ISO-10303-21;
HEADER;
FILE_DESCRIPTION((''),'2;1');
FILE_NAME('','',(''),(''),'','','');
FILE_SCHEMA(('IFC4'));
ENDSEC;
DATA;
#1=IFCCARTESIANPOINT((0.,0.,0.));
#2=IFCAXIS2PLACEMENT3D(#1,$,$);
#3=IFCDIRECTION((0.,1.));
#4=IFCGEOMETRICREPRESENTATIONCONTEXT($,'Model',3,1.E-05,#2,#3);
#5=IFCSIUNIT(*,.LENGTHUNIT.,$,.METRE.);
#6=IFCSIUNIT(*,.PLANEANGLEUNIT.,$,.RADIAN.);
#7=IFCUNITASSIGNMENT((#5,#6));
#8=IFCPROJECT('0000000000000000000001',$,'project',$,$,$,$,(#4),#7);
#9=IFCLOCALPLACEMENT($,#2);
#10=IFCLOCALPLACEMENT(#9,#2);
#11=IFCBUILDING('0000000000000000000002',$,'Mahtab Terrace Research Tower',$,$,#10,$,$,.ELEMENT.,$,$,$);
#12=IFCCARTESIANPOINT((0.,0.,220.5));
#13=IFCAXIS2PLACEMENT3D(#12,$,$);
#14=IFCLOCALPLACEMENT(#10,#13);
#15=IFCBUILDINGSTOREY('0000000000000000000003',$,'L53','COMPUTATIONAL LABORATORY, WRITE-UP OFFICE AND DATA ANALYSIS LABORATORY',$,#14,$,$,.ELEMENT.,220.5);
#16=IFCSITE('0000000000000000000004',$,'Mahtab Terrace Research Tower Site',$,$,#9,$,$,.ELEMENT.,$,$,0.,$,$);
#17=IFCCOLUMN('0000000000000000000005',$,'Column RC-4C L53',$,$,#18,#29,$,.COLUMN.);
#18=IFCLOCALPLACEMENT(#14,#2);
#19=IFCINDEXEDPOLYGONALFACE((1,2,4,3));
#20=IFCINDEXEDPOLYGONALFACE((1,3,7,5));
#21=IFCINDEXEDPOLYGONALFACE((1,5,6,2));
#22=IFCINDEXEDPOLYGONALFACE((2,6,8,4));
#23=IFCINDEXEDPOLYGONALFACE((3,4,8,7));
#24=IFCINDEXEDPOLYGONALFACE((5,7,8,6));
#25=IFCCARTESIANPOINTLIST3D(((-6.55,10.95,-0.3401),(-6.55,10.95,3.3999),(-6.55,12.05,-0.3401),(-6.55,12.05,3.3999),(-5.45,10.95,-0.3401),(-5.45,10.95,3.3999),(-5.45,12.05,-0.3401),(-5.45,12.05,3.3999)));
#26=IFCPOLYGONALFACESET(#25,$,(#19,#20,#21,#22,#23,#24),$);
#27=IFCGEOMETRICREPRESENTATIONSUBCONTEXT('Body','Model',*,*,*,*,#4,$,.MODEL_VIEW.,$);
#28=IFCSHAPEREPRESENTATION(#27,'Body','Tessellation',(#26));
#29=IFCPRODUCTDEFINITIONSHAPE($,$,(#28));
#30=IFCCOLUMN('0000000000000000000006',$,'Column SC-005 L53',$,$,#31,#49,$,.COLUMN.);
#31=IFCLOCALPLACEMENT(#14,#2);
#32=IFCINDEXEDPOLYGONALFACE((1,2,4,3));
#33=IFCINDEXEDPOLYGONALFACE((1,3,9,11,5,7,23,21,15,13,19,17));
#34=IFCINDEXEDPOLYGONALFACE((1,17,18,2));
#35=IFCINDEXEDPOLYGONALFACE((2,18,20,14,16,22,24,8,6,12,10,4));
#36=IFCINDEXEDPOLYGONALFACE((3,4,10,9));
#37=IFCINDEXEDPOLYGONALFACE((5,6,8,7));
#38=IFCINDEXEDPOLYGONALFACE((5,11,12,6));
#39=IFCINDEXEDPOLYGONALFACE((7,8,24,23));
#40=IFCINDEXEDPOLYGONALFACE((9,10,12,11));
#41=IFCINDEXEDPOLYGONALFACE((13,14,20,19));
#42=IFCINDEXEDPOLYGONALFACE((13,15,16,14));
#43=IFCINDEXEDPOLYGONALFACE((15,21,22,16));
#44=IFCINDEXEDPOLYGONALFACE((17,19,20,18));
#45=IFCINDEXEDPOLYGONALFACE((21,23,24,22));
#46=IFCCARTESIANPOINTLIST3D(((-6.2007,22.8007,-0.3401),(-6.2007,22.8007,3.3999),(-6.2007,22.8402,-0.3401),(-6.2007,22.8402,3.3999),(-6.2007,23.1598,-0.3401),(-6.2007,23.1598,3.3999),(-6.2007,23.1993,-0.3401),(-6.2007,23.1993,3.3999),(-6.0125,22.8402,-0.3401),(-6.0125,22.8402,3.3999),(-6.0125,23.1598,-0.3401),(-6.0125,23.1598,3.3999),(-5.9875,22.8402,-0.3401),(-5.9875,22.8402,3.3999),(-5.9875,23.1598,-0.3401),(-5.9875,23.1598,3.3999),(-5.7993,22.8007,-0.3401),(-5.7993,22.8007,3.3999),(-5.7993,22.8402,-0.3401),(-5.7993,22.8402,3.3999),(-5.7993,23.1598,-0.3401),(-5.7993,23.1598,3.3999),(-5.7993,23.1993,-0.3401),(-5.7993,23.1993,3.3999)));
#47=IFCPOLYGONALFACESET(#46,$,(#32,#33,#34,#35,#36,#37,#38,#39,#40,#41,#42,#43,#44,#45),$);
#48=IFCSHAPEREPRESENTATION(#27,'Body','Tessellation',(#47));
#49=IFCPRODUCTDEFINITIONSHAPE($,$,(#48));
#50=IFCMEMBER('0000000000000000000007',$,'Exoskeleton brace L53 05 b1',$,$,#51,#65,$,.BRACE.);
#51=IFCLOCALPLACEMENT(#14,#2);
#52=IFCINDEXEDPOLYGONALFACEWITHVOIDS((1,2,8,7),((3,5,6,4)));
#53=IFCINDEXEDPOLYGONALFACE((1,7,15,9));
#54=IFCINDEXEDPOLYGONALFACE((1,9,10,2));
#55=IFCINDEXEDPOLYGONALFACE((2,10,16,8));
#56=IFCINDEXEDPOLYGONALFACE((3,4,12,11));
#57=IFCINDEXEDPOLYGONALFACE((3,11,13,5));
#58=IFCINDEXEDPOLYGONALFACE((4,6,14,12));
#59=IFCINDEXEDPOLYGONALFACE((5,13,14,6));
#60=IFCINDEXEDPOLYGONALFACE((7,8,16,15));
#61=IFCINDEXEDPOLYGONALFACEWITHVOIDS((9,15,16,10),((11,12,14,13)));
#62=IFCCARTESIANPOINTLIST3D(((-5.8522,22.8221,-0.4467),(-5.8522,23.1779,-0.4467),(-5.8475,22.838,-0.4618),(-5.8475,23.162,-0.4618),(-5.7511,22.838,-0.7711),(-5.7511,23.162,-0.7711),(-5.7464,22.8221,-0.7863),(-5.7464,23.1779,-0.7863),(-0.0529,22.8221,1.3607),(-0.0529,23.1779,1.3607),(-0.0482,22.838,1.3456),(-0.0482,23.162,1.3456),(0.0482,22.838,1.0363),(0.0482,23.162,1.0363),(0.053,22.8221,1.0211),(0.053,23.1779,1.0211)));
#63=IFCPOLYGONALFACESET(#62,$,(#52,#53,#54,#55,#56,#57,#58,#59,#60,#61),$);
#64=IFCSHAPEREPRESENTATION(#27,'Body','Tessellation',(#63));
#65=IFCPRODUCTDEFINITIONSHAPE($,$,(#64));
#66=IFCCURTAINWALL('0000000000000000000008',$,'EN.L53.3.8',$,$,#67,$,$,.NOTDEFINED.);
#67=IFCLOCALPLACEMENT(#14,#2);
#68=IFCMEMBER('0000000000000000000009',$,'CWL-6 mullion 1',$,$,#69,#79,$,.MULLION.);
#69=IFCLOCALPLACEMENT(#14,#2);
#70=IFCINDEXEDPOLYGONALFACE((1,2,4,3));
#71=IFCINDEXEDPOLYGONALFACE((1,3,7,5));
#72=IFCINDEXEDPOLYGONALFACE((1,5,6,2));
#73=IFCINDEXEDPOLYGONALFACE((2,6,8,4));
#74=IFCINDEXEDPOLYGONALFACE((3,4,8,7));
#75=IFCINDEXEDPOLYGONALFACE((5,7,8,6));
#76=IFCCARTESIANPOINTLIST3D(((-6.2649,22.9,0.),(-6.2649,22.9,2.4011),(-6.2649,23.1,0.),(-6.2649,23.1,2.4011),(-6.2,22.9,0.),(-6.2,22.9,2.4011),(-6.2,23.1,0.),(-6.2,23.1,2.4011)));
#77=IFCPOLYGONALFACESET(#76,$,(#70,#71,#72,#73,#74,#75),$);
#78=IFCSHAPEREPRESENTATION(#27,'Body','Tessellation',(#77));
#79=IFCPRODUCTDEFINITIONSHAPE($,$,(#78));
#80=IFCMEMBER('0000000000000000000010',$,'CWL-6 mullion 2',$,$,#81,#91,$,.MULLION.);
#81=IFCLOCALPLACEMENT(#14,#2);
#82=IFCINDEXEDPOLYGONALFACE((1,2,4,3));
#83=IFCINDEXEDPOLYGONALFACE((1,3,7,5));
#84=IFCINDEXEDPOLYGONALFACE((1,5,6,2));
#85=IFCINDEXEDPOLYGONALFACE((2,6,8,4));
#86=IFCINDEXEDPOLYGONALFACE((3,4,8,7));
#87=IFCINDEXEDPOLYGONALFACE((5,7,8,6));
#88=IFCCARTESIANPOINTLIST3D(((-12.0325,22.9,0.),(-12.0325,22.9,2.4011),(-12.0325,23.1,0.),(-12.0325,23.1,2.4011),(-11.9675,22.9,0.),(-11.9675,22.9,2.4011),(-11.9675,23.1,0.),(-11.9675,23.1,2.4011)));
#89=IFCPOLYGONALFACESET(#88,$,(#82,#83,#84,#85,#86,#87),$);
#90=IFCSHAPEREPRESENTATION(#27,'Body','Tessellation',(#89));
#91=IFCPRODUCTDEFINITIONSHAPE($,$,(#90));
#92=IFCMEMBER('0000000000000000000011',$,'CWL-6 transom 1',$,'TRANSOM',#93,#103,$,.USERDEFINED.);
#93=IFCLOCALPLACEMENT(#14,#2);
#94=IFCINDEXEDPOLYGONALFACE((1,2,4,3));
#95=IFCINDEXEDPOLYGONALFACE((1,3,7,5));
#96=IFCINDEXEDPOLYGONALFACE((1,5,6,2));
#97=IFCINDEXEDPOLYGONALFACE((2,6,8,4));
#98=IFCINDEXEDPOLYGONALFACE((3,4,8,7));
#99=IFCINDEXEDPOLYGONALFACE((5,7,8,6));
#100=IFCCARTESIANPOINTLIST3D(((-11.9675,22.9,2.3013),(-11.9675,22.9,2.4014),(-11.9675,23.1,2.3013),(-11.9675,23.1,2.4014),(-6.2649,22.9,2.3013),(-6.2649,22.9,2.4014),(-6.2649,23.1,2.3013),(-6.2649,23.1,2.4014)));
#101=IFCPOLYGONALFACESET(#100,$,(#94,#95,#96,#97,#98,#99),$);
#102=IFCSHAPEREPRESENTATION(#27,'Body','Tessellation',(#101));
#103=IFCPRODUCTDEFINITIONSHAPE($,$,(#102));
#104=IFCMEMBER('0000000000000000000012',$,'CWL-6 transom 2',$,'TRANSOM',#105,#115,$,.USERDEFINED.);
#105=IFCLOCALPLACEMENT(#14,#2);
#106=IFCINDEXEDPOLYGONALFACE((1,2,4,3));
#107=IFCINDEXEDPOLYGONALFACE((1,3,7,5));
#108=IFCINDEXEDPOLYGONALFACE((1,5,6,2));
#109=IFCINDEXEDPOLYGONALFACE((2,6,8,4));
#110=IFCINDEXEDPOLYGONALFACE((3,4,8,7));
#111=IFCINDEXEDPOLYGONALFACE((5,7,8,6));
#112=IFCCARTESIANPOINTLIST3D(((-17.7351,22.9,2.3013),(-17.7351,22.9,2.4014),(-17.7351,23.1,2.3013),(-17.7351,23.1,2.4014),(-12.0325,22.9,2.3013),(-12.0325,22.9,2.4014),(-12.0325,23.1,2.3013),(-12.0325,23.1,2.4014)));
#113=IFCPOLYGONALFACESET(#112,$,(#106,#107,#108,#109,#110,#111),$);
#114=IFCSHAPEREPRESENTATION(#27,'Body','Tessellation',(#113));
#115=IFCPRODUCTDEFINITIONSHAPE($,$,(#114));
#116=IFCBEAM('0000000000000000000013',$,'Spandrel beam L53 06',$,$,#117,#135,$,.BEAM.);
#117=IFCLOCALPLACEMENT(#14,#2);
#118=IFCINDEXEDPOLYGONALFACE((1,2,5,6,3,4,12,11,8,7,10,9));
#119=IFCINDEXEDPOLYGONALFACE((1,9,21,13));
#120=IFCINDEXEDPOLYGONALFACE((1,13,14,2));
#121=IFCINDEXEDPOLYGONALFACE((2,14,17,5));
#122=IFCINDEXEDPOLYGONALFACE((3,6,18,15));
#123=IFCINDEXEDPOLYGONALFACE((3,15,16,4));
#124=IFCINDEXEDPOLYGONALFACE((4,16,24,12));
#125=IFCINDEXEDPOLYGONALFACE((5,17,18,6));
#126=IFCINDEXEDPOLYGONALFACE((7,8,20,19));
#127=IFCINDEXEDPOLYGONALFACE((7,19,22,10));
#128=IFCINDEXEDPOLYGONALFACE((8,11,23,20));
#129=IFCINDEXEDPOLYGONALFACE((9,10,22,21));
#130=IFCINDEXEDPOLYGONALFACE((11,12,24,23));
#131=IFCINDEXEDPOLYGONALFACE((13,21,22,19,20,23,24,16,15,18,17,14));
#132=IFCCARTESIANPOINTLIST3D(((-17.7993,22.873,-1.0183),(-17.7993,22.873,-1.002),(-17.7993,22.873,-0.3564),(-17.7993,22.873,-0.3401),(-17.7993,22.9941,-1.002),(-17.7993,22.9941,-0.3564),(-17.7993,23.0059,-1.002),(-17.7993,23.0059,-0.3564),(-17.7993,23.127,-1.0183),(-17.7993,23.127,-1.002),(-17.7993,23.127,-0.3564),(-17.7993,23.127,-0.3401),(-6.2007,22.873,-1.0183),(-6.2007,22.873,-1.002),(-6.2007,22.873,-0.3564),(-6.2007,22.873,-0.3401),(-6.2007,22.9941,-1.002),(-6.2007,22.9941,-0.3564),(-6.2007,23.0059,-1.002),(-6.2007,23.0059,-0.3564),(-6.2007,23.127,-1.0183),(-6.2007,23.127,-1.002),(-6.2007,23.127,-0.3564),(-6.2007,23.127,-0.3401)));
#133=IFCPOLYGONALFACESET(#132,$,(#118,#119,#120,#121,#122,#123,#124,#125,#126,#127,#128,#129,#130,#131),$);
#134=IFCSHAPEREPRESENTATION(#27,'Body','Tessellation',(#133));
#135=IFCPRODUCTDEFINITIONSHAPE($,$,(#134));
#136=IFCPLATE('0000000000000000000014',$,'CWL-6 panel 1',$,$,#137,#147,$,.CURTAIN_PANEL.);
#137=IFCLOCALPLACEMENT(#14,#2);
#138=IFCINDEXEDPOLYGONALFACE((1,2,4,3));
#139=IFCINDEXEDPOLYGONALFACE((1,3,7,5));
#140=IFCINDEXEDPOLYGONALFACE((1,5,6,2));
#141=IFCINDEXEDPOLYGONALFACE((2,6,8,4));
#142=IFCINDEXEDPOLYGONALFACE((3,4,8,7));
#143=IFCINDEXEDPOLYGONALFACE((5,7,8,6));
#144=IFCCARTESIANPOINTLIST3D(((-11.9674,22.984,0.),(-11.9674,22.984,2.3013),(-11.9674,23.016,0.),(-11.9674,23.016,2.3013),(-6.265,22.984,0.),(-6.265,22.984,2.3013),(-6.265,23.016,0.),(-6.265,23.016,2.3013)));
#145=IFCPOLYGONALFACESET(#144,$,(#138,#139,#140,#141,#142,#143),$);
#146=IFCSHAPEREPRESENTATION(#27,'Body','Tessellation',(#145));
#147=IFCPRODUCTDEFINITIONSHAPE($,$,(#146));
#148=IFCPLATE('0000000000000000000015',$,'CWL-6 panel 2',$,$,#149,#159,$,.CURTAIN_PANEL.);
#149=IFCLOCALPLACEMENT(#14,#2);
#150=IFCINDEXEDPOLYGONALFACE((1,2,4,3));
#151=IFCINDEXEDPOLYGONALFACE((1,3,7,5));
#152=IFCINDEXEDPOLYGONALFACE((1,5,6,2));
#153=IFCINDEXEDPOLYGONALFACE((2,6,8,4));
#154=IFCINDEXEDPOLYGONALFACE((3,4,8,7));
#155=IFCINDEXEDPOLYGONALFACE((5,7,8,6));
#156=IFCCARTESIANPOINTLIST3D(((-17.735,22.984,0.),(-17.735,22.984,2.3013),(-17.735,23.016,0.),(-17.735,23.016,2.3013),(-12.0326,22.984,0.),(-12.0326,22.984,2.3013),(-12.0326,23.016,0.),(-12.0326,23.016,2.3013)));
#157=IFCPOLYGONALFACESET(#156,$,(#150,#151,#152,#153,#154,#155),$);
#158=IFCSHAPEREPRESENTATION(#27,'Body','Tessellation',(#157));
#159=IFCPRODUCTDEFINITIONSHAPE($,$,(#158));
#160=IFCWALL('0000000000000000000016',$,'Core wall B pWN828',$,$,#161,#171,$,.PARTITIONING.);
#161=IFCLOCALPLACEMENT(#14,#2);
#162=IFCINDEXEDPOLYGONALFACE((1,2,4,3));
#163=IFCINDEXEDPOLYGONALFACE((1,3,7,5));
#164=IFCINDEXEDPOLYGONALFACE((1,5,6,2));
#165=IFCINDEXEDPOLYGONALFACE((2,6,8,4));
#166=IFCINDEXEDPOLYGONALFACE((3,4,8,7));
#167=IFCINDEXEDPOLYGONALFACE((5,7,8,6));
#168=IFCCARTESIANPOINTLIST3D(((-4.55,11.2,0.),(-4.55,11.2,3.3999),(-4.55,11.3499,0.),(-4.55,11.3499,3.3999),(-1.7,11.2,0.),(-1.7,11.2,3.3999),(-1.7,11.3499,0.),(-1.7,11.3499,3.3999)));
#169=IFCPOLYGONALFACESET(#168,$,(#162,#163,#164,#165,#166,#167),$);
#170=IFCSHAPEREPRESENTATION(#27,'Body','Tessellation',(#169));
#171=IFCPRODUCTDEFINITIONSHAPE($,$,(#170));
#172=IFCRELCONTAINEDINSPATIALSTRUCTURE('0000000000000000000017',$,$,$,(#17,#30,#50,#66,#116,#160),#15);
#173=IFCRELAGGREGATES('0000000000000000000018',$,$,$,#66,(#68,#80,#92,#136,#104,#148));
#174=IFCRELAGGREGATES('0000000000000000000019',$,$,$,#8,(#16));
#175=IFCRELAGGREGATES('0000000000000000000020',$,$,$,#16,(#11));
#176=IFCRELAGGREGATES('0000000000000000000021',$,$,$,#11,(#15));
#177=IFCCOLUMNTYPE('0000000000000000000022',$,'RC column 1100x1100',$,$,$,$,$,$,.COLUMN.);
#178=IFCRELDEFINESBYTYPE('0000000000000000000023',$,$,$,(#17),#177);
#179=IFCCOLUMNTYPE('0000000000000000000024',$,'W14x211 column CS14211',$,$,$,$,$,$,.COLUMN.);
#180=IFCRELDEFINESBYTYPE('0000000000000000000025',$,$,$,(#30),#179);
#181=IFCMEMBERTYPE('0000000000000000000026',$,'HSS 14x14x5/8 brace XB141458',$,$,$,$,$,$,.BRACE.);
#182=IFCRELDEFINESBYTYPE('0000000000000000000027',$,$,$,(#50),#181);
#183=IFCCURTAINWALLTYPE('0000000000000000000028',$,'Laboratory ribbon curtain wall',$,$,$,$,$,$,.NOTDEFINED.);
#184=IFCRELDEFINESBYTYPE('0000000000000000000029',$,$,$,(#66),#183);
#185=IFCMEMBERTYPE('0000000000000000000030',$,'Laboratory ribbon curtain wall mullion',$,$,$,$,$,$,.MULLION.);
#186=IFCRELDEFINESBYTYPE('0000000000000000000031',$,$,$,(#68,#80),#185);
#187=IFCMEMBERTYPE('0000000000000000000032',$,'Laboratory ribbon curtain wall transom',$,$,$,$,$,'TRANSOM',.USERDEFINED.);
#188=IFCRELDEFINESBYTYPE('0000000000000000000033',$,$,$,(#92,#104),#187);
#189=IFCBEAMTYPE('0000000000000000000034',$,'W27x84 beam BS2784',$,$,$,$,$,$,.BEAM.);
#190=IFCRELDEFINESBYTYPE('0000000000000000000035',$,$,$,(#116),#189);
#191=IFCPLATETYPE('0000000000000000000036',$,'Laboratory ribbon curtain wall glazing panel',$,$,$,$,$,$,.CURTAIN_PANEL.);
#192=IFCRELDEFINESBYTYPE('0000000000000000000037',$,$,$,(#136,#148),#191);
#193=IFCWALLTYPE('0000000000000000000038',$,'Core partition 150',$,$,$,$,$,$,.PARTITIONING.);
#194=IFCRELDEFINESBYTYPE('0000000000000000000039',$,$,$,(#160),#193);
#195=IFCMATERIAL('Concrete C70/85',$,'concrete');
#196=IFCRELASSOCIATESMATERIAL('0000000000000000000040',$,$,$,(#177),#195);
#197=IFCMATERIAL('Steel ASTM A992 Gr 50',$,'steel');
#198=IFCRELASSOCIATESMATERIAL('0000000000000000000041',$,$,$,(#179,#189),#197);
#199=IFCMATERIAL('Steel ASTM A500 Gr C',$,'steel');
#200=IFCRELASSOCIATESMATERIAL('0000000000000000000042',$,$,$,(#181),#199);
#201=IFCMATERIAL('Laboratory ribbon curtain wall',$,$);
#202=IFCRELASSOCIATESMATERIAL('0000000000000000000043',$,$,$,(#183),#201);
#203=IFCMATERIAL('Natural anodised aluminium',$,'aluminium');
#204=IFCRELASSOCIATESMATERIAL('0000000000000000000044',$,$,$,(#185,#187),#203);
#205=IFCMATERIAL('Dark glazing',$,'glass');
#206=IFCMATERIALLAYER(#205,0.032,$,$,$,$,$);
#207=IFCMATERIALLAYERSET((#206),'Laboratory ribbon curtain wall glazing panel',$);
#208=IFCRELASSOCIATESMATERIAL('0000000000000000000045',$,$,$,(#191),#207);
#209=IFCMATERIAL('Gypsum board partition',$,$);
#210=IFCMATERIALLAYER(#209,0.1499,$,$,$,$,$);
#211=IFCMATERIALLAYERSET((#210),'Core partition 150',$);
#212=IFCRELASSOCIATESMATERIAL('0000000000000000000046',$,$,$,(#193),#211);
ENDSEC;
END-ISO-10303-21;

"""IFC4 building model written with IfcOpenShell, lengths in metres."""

from ifc_helpers import new_model, si_unit, direction, frame, frame_2d, origin, origin_2d, place, context, subcontext, project, spatial, rectangle, hollow_rectangle, i_section, extrude, material, layer, layer_set, material_profile, profile_set, type_object, element, aggregate, save


model = new_model("IFC4")

# Units and contexts
model_context = context("Model", 3, precision=1e-05, world=origin(), true_north=direction((0.0, 1.0)))
body_context = subcontext(model_context, "Body", "Model", "MODEL_VIEW")
ifc_project = project(units=[si_unit("LENGTHUNIT", "METRE"), si_unit("PLANEANGLEUNIT", "RADIAN")], contexts=[model_context])

# Site, building, storey
site_placement = place(None, origin())
site = spatial("IfcSite", under=ifc_project, at=site_placement, Name="Mahtab Terrace Research Tower Site", CompositionType="ELEMENT", RefElevation=0.0)
building_placement = place(site_placement, origin())
building = spatial("IfcBuilding", under=site, at=building_placement, Name="Mahtab Terrace Research Tower", CompositionType="ELEMENT")
storey_placement = place(building_placement, frame((0.0, 0.0, 220.5)))
storey = spatial("IfcBuildingStorey", under=building, at=storey_placement, Name="L53", Description="COMPUTATIONAL LABORATORY, WRITE-UP OFFICE AND DATA ANALYSIS LABORATORY", CompositionType="ELEMENT", Elevation=220.5)

# Columns
ifc_material_1 = material(Name="Concrete C70/85", Category="concrete")
ifc_material_profile_1 = material_profile(ifc_material_1, rectangle(XDim=1.1001, YDim=1.1001, at=origin_2d()), Name="RC column 1100x1100")
ifc_profile_set_1 = profile_set([ifc_material_profile_1], Name="Concrete C70/85")
column_type_1 = type_object("IfcColumnType", Name="RC column 1100x1100", PredefinedType="COLUMN", material=ifc_profile_set_1)
column_1_placement = place(storey_placement, frame((-6.0, 11.5, -0.3401), z_axis=(0.0, 0.0, 1.0), x_axis=(1.0, 0.0, 0.0)))
element("IfcColumn", 1, at=column_1_placement, inside=storey, type_object=column_type_1, Name="Column RC-4C L53", PredefinedType="COLUMN", context=body_context, shape_type="SweptSolid", body=[
    extrude(rectangle(XDim=1.1001, YDim=1.1001, at=origin_2d()), origin(), (0.0, 0.0, 1.0), 3.74),
])
ifc_material_2 = material(Name="Steel ASTM A992 Gr 50", Category="steel")
ifc_material_profile_2 = material_profile(ifc_material_2, i_section(OverallWidth=0.4014, OverallDepth=0.3987, WebThickness=0.0249, FlangeThickness=0.0396, at=origin_2d()), Name="W14X211")
ifc_profile_set_2 = profile_set([ifc_material_profile_2], Name="Steel ASTM A992 Gr 50")
column_type_2 = type_object("IfcColumnType", Name="W14x211 column CS14211", PredefinedType="COLUMN", material=ifc_profile_set_2)
column_2_placement = place(storey_placement, frame((-6.0, 23.0, -0.3401), z_axis=(0.0, 0.0, 1.0), x_axis=(1.0, 0.0, 0.0)))
element("IfcColumn", 2, at=column_2_placement, inside=storey, type_object=column_type_2, Name="Column SC-005 L53", PredefinedType="COLUMN", context=body_context, shape_type="SweptSolid", body=[
    extrude(i_section(OverallWidth=0.4014, OverallDepth=0.3987, WebThickness=0.0249, FlangeThickness=0.0396, at=origin_2d()), origin(), (0.0, 0.0, 1.0), 3.74),
])

# Member
ifc_material_3 = material(Name="Steel ASTM A500 Gr C", Category="steel")
ifc_material_profile_3 = material_profile(ifc_material_3, hollow_rectangle(XDim=0.3557, YDim=0.3557, WallThickness=0.0159, at=origin_2d()), Name="HSS14X14X5/8")
ifc_profile_set_3 = profile_set([ifc_material_profile_3], Name="Steel ASTM A500 Gr C")
member_type_1 = type_object("IfcMemberType", Name="HSS 14x14x5/8 brace XB141458", PredefinedType="BRACE", material=ifc_profile_set_3)
member_1_placement = place(storey_placement, frame((-5.7993, 23.0, -0.6165), z_axis=(0.95471, 0.0, 0.297538), x_axis=(0.0, 1.0, 0.0)))
element("IfcMember", 3, at=member_1_placement, inside=storey, type_object=member_type_1, Name="Exoskeleton brace L53 05 b1", PredefinedType="BRACE", context=body_context, shape_type="SweptSolid", body=[
    extrude(hollow_rectangle(XDim=0.3557, YDim=0.3557, WallThickness=0.0159, at=origin_2d()), origin(), (0.0, 0.0, 1.0), 6.0745),
])

# Curtain wall, members
ifc_material_4 = material(Name="Laboratory ribbon curtain wall")
curtain_wall_type = type_object("IfcCurtainWallType", Name="Laboratory ribbon curtain wall", PredefinedType="NOTDEFINED", material=ifc_material_4)
curtain_wall_placement = place(storey_placement, origin())
curtain_wall = element("IfcCurtainWall", 4, at=curtain_wall_placement, inside=storey, type_object=curtain_wall_type, Name="EN.L53.3.8", PredefinedType="NOTDEFINED")
ifc_material_5 = material(Name="Natural anodised aluminium", Category="aluminium")
ifc_material_profile_4 = material_profile(ifc_material_5, rectangle(XDim=0.2, YDim=0.0649, at=origin_2d()), Name="MULLION 65x200")
ifc_profile_set_4 = profile_set([ifc_material_profile_4], Name="Natural anodised aluminium")
member_type_2 = type_object("IfcMemberType", Name="Laboratory ribbon curtain wall mullion", PredefinedType="MULLION", material=ifc_profile_set_4)
member_2_placement = place(storey_placement, frame((-6.2324, 23.0, 0.0), z_axis=(0.0, 0.0, 1.0), x_axis=(0.0, -1.0, 0.0)))
member_2 = element("IfcMember", 5, at=member_2_placement, type_object=member_type_2, Name="CWL-6 mullion 1", PredefinedType="MULLION", context=body_context, shape_type="SweptSolid", body=[
    extrude(rectangle(XDim=0.2, YDim=0.0649, at=origin_2d()), origin(), (0.0, 0.0, 1.0), 2.4011),
])
member_3_placement = place(storey_placement, frame((-12.0, 23.0, 0.0), z_axis=(0.0, 0.0, 1.0), x_axis=(0.0, -1.0, 0.0)))
member_3 = element("IfcMember", 6, at=member_3_placement, type_object=member_type_2, Name="CWL-6 mullion 2", PredefinedType="MULLION", context=body_context, shape_type="SweptSolid", body=[
    extrude(rectangle(XDim=0.2, YDim=0.0649, at=origin_2d()), origin(), (0.0, 0.0, 1.0), 2.4011),
])
ifc_material_profile_5 = material_profile(ifc_material_5, rectangle(XDim=0.2, YDim=0.1001, at=origin_2d()), Name="TRANSOM 100x200")
ifc_profile_set_5 = profile_set([ifc_material_profile_5], Name="Natural anodised aluminium")
member_type_3 = type_object("IfcMemberType", Name="Laboratory ribbon curtain wall transom", ElementType="TRANSOM", PredefinedType="USERDEFINED", material=ifc_profile_set_5)
member_4_placement = place(storey_placement, frame((-6.2649, 23.0, 2.3513), z_axis=(-1.0, 0.0, 0.0), x_axis=(0.0, -1.0, 0.0)))
member_4 = element("IfcMember", 7, at=member_4_placement, type_object=member_type_3, Name="CWL-6 transom 1", ObjectType="TRANSOM", PredefinedType="USERDEFINED", context=body_context, shape_type="SweptSolid", body=[
    extrude(rectangle(XDim=0.2, YDim=0.1001, at=origin_2d()), origin(), (0.0, 0.0, 1.0), 5.7026),
])
member_5_placement = place(storey_placement, frame((-12.0325, 23.0, 2.3513), z_axis=(-1.0, 0.0, 0.0), x_axis=(0.0, -1.0, 0.0)))
member_5 = element("IfcMember", 8, at=member_5_placement, type_object=member_type_3, Name="CWL-6 transom 2", ObjectType="TRANSOM", PredefinedType="USERDEFINED", context=body_context, shape_type="SweptSolid", body=[
    extrude(rectangle(XDim=0.2, YDim=0.1001, at=origin_2d()), origin(), (0.0, 0.0, 1.0), 5.7026),
])

# Beam
ifc_material_profile_6 = material_profile(ifc_material_2, i_section(OverallWidth=0.2539, OverallDepth=0.6782, WebThickness=0.0117, FlangeThickness=0.0164, at=origin_2d()), Name="W27X84")
ifc_profile_set_6 = profile_set([ifc_material_profile_6], Name="Steel ASTM A992 Gr 50")
beam_type = type_object("IfcBeamType", Name="W27x84 beam BS2784", PredefinedType="BEAM", material=ifc_profile_set_6)
beam_placement = place(storey_placement, frame((-6.2007, 23.0, -0.6792), z_axis=(-1.0, 0.0, 0.0), x_axis=(0.0, -1.0, 0.0)))
element("IfcBeam", 9, at=beam_placement, inside=storey, type_object=beam_type, Name="Spandrel beam L53 06", PredefinedType="BEAM", context=body_context, shape_type="SweptSolid", body=[
    extrude(i_section(OverallWidth=0.2539, OverallDepth=0.6782, WebThickness=0.0117, FlangeThickness=0.0164, at=origin_2d()), origin(), (0.0, 0.0, 1.0), 11.5986),
])

# Plates
ifc_material_6 = material(Name="Dark glazing", Category="glass")
ifc_layer_1 = layer(ifc_material_6, 0.032)
ifc_layer_set_1 = layer_set([ifc_layer_1], Name="Laboratory ribbon curtain wall glazing panel")
plate_type = type_object("IfcPlateType", Name="Laboratory ribbon curtain wall glazing panel", PredefinedType="CURTAIN_PANEL", material=ifc_layer_set_1)
plate_1_placement = place(storey_placement, frame((-9.1162, 23.0, 0.0), z_axis=(0.0, 0.0, 1.0), x_axis=(-1.0, 0.0, 0.0)))
plate_1 = element("IfcPlate", 10, at=plate_1_placement, type_object=plate_type, Name="CWL-6 panel 1", PredefinedType="CURTAIN_PANEL", context=body_context, shape_type="SweptSolid", body=[
    extrude(rectangle(XDim=5.7024, YDim=0.032, at=origin_2d()), origin(), (0.0, 0.0, 1.0), 2.3013),
])
plate_2_placement = place(storey_placement, frame((-14.8838, 23.0, 0.0), z_axis=(0.0, 0.0, 1.0), x_axis=(-1.0, 0.0, 0.0)))
plate_2 = element("IfcPlate", 11, at=plate_2_placement, type_object=plate_type, Name="CWL-6 panel 2", PredefinedType="CURTAIN_PANEL", context=body_context, shape_type="SweptSolid", body=[
    extrude(rectangle(XDim=5.7024, YDim=0.032, at=origin_2d()), origin(), (0.0, 0.0, 1.0), 2.3013),
])
aggregate(curtain_wall, [member_2, member_3, member_4, plate_1, member_5, plate_2])

# Wall
ifc_material_7 = material(Name="Gypsum board partition")
ifc_layer_2 = layer(ifc_material_7, 0.1499)
ifc_layer_set_2 = layer_set([ifc_layer_2], Name="Core partition 150")
wall_type_1 = type_object("IfcWallType", Name="Core partition 150", PredefinedType="PARTITIONING", material=ifc_layer_set_2)
wall_1_placement = place(storey_placement, frame((-4.55, 11.2749, 0.0), z_axis=(0.0, 0.0, 1.0), x_axis=(1.0, 0.0, 0.0)))
element("IfcWall", 12, at=wall_1_placement, inside=storey, type_object=wall_type_1, Name="Core wall B pWN828", PredefinedType="PARTITIONING", context=body_context, shape_type="SweptSolid", body=[
    extrude(rectangle(XDim=2.8501, YDim=0.1499, at=frame_2d((1.425, 0.0))), origin(), (0.0, 0.0, 1.0), 3.3999),
])

save(model, "model.ifc")
